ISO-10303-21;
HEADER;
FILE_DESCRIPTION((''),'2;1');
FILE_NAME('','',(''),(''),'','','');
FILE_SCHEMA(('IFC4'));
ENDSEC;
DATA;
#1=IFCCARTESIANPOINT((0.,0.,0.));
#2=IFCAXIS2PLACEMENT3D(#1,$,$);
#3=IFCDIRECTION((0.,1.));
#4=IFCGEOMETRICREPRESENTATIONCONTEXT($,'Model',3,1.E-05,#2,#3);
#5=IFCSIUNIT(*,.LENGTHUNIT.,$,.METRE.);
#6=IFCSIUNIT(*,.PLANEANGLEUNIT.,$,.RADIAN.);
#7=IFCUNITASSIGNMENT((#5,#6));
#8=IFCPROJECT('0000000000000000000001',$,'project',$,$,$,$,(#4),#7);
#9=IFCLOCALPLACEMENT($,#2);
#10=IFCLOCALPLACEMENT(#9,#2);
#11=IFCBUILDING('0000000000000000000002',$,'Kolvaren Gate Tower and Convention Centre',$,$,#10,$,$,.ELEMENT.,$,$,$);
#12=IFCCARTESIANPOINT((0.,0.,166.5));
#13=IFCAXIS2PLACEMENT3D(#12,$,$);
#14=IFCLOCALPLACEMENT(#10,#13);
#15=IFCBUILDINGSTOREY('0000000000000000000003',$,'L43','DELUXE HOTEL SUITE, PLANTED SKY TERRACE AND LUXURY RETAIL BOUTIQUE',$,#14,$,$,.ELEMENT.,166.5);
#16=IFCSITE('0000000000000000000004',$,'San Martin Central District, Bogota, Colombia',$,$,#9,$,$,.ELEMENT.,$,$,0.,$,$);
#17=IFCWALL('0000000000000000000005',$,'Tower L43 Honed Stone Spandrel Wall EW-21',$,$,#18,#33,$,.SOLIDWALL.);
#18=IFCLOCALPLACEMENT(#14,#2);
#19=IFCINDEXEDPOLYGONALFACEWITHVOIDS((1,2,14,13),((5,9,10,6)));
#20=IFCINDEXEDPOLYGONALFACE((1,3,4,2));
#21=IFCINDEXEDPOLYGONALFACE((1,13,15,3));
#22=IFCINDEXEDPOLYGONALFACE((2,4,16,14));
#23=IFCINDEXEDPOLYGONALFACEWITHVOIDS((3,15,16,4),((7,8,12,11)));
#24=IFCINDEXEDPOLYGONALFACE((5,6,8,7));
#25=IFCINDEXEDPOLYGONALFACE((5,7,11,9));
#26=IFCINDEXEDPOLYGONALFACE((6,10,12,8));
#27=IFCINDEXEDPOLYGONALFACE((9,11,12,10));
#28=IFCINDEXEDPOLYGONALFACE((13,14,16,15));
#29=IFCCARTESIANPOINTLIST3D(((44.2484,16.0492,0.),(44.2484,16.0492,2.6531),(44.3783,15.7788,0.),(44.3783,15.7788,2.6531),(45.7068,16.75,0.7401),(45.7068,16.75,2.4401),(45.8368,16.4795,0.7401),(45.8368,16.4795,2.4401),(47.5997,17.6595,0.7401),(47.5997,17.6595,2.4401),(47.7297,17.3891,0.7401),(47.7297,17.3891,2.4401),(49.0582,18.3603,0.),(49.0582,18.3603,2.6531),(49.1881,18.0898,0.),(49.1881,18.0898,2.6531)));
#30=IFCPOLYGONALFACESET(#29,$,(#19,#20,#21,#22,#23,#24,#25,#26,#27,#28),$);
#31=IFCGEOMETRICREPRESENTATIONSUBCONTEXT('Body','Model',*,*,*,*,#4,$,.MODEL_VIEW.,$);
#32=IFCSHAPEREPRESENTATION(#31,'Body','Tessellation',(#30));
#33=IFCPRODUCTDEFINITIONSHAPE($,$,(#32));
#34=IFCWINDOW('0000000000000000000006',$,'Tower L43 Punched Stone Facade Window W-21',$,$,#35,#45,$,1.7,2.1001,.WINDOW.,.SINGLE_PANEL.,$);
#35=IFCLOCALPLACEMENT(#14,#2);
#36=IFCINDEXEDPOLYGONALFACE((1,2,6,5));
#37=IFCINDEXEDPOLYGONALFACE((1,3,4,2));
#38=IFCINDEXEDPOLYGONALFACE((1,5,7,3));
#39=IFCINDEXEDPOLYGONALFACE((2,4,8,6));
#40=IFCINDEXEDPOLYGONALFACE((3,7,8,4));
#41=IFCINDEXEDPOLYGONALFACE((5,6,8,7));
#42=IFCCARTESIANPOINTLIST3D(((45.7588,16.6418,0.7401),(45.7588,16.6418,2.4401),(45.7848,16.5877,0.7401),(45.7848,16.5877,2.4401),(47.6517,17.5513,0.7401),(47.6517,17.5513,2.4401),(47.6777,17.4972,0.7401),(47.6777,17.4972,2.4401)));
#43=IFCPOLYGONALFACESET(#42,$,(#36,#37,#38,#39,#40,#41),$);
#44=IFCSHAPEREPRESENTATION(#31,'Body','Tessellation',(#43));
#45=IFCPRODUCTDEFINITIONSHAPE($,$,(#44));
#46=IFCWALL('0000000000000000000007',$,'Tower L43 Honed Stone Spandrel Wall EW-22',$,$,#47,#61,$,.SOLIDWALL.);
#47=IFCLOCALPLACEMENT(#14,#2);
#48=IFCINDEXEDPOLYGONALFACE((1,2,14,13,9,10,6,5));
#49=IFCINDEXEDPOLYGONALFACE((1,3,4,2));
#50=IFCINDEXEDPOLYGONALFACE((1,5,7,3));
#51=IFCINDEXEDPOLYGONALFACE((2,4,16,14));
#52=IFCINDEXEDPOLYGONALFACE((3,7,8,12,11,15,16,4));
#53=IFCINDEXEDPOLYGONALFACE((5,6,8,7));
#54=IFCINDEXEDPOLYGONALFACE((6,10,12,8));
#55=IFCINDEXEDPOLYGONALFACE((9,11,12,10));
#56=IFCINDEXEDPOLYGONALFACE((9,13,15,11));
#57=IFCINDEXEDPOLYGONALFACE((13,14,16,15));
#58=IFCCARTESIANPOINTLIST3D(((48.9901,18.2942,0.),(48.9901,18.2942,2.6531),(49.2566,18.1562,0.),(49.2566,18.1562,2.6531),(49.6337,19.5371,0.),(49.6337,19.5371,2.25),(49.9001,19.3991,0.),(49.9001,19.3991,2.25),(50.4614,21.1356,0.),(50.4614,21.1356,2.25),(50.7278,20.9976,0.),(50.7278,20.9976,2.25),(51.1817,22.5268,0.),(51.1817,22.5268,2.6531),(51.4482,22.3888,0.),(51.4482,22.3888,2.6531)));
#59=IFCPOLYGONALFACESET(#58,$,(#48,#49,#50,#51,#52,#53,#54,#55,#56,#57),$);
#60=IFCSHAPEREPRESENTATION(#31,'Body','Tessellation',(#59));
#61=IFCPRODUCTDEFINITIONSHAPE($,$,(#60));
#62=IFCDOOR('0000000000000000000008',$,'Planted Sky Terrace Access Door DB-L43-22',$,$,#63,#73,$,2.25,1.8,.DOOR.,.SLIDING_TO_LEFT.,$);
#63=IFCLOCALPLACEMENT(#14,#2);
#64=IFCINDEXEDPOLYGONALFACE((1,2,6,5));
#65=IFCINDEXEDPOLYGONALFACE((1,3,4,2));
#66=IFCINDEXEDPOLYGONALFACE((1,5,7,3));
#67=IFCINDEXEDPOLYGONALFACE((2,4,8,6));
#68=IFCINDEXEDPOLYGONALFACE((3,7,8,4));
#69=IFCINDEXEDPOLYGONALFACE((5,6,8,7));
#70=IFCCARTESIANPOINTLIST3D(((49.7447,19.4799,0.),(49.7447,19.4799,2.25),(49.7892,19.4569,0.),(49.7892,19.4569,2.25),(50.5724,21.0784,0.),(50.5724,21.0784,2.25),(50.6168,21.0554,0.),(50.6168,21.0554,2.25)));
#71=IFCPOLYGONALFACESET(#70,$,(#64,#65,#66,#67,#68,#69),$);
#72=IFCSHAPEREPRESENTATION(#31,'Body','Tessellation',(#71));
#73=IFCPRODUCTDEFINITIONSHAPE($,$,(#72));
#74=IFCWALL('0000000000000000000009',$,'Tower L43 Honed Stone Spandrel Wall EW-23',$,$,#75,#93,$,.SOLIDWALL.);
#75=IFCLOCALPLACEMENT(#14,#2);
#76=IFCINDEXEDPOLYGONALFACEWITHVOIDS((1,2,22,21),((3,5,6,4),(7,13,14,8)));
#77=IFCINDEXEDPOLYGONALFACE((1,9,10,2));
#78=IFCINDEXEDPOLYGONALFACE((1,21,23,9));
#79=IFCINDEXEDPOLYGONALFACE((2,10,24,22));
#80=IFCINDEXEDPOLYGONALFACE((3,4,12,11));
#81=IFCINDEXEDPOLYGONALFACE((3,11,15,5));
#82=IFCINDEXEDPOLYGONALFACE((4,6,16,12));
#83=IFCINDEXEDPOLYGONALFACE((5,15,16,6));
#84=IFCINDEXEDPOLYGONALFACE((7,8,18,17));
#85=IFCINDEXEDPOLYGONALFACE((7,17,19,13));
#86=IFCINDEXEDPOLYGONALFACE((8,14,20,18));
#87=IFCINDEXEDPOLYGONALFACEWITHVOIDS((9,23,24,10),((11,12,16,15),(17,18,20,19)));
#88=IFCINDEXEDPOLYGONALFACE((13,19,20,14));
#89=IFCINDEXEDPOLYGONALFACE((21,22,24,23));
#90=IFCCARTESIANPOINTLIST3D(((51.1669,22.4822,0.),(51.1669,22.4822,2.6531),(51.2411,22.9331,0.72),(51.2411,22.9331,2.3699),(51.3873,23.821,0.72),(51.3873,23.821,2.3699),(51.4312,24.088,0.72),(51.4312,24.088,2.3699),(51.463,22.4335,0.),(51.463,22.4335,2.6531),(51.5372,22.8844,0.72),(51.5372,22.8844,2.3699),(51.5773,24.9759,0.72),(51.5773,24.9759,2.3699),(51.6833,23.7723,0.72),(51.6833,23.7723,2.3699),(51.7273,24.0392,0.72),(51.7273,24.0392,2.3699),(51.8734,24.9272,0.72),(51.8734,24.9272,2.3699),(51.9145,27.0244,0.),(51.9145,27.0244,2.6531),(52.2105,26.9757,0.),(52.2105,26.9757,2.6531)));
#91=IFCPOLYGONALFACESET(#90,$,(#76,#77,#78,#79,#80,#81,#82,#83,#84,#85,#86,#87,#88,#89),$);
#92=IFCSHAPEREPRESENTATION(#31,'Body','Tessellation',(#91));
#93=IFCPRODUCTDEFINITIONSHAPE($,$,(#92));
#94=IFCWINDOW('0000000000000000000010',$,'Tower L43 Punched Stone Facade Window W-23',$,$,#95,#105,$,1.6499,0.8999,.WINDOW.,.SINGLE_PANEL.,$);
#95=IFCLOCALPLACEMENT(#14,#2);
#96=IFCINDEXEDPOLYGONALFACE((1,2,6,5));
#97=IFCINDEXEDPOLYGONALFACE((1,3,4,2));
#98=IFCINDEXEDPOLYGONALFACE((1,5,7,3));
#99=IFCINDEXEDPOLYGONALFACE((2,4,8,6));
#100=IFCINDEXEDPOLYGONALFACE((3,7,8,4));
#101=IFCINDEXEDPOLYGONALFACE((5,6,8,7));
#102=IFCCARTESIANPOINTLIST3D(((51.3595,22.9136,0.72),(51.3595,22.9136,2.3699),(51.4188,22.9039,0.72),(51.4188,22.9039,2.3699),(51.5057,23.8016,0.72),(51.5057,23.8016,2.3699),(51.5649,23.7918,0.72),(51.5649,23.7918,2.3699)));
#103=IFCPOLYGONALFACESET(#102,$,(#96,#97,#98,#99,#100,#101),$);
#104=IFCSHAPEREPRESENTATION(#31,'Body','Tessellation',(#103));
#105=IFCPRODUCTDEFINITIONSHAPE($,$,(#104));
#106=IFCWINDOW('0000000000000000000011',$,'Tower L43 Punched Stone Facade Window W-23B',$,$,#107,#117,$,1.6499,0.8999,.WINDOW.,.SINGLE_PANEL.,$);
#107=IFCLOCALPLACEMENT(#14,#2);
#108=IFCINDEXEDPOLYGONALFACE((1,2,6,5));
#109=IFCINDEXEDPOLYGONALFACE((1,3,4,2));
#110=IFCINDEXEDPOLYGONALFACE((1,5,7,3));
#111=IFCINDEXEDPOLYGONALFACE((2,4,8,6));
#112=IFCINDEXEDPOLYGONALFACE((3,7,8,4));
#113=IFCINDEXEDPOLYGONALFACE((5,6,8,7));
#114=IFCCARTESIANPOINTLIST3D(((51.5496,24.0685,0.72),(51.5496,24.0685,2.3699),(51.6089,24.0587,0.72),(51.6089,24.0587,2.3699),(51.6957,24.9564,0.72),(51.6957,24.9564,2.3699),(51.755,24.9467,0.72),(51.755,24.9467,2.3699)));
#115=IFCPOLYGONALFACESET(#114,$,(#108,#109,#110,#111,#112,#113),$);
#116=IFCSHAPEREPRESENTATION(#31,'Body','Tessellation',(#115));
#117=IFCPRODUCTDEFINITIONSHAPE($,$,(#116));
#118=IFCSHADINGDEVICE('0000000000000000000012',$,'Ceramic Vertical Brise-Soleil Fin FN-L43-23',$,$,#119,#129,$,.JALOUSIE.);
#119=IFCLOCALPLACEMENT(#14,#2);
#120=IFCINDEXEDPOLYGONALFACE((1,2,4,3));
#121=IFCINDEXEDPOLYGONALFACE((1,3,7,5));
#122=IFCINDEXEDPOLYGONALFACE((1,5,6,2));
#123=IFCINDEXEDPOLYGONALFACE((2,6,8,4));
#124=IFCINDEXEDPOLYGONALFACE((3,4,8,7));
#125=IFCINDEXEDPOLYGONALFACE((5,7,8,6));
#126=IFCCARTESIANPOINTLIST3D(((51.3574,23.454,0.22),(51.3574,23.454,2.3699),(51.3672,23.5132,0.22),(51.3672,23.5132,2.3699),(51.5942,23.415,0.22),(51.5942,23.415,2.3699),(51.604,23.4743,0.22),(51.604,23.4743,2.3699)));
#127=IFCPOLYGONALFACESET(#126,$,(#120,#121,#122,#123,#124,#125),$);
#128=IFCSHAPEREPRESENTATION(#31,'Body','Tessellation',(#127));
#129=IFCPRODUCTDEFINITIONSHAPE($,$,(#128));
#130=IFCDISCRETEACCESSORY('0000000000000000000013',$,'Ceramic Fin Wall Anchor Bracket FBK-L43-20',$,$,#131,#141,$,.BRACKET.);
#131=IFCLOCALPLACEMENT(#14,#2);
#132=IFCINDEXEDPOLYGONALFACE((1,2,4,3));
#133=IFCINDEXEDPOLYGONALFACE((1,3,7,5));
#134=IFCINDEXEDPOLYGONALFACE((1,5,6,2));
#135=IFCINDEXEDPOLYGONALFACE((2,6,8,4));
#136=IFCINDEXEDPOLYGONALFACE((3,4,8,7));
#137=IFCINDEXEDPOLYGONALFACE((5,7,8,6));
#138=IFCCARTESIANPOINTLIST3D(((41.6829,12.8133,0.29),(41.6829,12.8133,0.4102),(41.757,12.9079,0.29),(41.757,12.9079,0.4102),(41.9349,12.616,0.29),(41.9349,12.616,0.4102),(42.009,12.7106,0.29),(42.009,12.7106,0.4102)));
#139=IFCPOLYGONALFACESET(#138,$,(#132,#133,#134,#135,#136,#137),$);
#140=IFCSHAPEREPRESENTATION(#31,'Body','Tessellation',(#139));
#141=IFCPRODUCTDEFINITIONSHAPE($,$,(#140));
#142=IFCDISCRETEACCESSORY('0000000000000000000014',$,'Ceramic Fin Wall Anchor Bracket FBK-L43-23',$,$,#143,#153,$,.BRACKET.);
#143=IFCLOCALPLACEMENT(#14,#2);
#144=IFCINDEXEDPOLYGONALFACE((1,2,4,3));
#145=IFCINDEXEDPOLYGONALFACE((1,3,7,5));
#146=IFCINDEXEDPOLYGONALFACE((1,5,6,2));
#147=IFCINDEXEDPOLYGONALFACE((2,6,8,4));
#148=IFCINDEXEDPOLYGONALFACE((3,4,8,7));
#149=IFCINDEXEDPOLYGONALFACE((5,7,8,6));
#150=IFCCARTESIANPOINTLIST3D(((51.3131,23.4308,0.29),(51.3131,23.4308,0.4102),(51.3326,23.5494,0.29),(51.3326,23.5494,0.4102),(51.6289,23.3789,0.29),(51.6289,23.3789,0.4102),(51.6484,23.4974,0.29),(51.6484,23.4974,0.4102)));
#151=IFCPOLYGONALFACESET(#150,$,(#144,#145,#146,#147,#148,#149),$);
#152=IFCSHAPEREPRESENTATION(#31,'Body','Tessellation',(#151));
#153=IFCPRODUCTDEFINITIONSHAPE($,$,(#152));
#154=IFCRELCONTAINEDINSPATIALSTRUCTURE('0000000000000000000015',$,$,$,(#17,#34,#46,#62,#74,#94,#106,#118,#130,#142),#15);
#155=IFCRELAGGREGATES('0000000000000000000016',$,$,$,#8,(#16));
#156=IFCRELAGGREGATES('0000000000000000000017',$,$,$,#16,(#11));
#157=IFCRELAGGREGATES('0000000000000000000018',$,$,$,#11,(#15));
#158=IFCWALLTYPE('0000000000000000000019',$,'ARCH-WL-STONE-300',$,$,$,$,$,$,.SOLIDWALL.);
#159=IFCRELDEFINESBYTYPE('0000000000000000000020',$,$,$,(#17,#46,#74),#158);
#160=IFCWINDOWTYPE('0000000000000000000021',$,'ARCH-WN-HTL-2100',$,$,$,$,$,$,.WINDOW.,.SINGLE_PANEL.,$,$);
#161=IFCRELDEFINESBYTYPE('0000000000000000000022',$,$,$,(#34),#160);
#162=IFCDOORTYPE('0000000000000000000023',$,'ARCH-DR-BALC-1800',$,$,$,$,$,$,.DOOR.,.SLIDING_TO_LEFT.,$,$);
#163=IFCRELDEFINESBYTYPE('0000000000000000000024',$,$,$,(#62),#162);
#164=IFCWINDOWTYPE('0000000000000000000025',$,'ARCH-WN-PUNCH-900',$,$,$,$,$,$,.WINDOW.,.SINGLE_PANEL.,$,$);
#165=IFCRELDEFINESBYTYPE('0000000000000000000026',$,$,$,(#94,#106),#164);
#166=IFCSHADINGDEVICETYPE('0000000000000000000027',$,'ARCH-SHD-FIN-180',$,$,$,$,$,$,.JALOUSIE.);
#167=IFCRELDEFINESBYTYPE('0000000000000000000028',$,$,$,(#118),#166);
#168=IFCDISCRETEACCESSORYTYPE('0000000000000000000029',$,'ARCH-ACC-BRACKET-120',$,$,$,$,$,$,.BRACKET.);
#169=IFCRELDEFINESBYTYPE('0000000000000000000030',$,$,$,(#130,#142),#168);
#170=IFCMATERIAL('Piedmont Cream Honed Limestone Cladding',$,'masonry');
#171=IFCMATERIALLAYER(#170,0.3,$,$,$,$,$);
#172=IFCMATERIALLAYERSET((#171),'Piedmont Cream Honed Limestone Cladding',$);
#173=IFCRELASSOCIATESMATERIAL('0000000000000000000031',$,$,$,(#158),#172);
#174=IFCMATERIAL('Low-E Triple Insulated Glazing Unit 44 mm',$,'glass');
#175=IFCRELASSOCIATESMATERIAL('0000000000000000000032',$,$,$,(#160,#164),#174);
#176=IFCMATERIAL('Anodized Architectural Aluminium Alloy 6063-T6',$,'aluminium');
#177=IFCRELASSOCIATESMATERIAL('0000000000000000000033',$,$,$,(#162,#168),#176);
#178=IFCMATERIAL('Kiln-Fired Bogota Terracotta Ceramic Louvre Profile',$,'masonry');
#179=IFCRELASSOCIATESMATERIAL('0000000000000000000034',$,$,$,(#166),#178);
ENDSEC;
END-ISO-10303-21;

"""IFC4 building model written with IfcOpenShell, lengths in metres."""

from ifc_helpers import new_model, si_unit, direction, frame, frame_2d, origin, origin_2d, place, context, subcontext, project, spatial, rectangle, extrude, material, layer, layer_set, type_object, element, fill, save


model = new_model("IFC4")

# Units and contexts
model_context = context("Model", 3, precision=1e-05, world=origin(), true_north=direction((0.0, 1.0)))
body_context = subcontext(model_context, "Body", "Model", "MODEL_VIEW")
ifc_project = project(units=[si_unit("LENGTHUNIT", "METRE"), si_unit("PLANEANGLEUNIT", "RADIAN")], contexts=[model_context])

# Site, building, storey
site_placement = place(None, origin())
site = spatial("IfcSite", under=ifc_project, at=site_placement, Name="San Martin Central District, Bogota, Colombia", CompositionType="ELEMENT", RefElevation=0.0)
building_placement = place(site_placement, origin())
building = spatial("IfcBuilding", under=site, at=building_placement, Name="Kolvaren Gate Tower and Convention Centre", CompositionType="ELEMENT")
storey_placement = place(building_placement, frame((0.0, 0.0, 166.5)))
storey = spatial("IfcBuildingStorey", under=building, at=storey_placement, Name="L43", Description="DELUXE HOTEL SUITE, PLANTED SKY TERRACE AND LUXURY RETAIL BOUTIQUE", CompositionType="ELEMENT", Elevation=166.5)

# Shared definitions
ifc_material_1 = material(Name="Piedmont Cream Honed Limestone Cladding", Category="masonry")

# Wall, opening, window
ifc_layer_1 = layer(ifc_material_1, 0.3)
ifc_layer_set_1 = layer_set([ifc_layer_1], Name="Piedmont Cream Honed Limestone Cladding")
wall_type_1 = type_object("IfcWallType", Name="ARCH-WL-STONE-300", PredefinedType="SOLIDWALL", material=ifc_layer_set_1)
wall_1_placement = place(storey_placement, frame((44.3135, 15.9141, 0.0), z_axis=(0.0, 0.0, 1.0), x_axis=(0.901353, 0.433085, 0.0)))
wall_1 = element("IfcWall", 1, at=wall_1_placement, inside=storey, type_object=wall_type_1, Name="Tower L43 Honed Stone Spandrel Wall EW-21", PredefinedType="SOLIDWALL", context=body_context, shape_type="SweptSolid", body=[
    extrude(rectangle(XDim=5.3362, YDim=0.3, at=frame_2d((2.668, 0.0))), origin(), (0.0, 0.0, 1.0), 2.6531),
])
opening_1_placement = place(wall_1_placement, frame((1.6179, 0.0, 0.74)))
opening_1 = element("IfcOpeningElement", 2, at=opening_1_placement, cuts=wall_1, PredefinedType="OPENING", context=body_context, shape_type="SweptSolid", body=[
    extrude(rectangle(XDim=2.1001, YDim=1.7, at=frame_2d((1.05, 0.8501))), frame((0.0, 0.1599, 0.0), z_axis=(0.0, -1.0, 0.0), x_axis=(1.0, 0.0, 0.0)), (0.0, 0.0, 1.0), 0.3201),
])
ifc_material_2 = material(Name="Low-E Triple Insulated Glazing Unit 44 mm", Category="glass")
window_type_1 = type_object("IfcWindowType", Name="ARCH-WN-HTL-2100", PartitioningType="SINGLE_PANEL", PredefinedType="WINDOW", material=ifc_material_2)
window_1_placement = place(opening_1_placement, origin())
window_1 = element("IfcWindow", 3, at=window_1_placement, inside=storey, type_object=window_type_1, Name="Tower L43 Punched Stone Facade Window W-21", OverallHeight=1.7, OverallWidth=2.1001, PartitioningType="SINGLE_PANEL", PredefinedType="WINDOW", context=body_context, shape_type="SweptSolid", body=[
    extrude(rectangle(XDim=2.1001, YDim=1.7, at=frame_2d((1.05, 0.8501))), frame((0.0, 0.03, 0.0), z_axis=(0.0, -1.0, 0.0), x_axis=(1.0, 0.0, 0.0)), (0.0, 0.0, 1.0), 0.0601),
])
fill(opening_1, window_1)

# Wall, opening, door
wall_2_placement = place(storey_placement, frame((49.1233, 18.2251, 0.0), z_axis=(0.0, 0.0, 1.0), x_axis=(0.45981, 0.888017, 0.0)))
wall_2 = element("IfcWall", 4, at=wall_2_placement, inside=storey, type_object=wall_type_1, Name="Tower L43 Honed Stone Spandrel Wall EW-22", PredefinedType="SOLIDWALL", context=body_context, shape_type="SweptSolid", body=[
    extrude(rectangle(XDim=4.7664, YDim=0.3, at=frame_2d((2.3833, 0.0))), origin(), (0.0, 0.0, 1.0), 2.6531),
])
opening_2_placement = place(wall_2_placement, frame((1.3999, 0.0, 0.0)))
opening_2 = element("IfcOpeningElement", 5, at=opening_2_placement, cuts=wall_2, PredefinedType="OPENING", context=body_context, shape_type="SweptSolid", body=[
    extrude(rectangle(XDim=1.8, YDim=2.25, at=frame_2d((0.8999, 1.125))), frame((0.0, 0.1599, 0.0), z_axis=(0.0, -1.0, 0.0), x_axis=(1.0, 0.0, 0.0)), (0.0, 0.0, 1.0), 0.3201),
])
ifc_material_3 = material(Name="Anodized Architectural Aluminium Alloy 6063-T6", Category="aluminium")
door_type_1 = type_object("IfcDoorType", Name="ARCH-DR-BALC-1800", OperationType="SLIDING_TO_LEFT", PredefinedType="DOOR", material=ifc_material_3)
door_1_placement = place(opening_2_placement, frame((1.8, 0.0, 0.0), z_axis=(0.0, 0.0, 1.0), x_axis=(-1.0, 0.0, 0.0)))
door_1 = element("IfcDoor", 6, at=door_1_placement, inside=storey, type_object=door_type_1, Name="Planted Sky Terrace Access Door DB-L43-22", OperationType="SLIDING_TO_LEFT", OverallHeight=2.25, OverallWidth=1.8, PredefinedType="DOOR", context=body_context, shape_type="SweptSolid", body=[
    extrude(rectangle(XDim=1.8, YDim=2.25, at=frame_2d((0.8999, 1.125))), frame((0.0, 0.0249, 0.0), z_axis=(0.0, -1.0, 0.0), x_axis=(1.0, 0.0, 0.0)), (0.0, 0.0, 1.0), 0.05),
])
fill(opening_2, door_1)

# Wall, openings, windows
wall_3_placement = place(storey_placement, frame((51.3149, 22.4578, 0.0), z_axis=(0.0, 0.0, 1.0), x_axis=(0.162395, 0.986726, 0.0)))
wall_3 = element("IfcWall", 7, at=wall_3_placement, inside=storey, type_object=wall_type_1, Name="Tower L43 Honed Stone Spandrel Wall EW-23", PredefinedType="SOLIDWALL", context=body_context, shape_type="SweptSolid", body=[
    extrude(rectangle(XDim=4.6033, YDim=0.3, at=frame_2d((2.3018, 0.0))), origin(), (0.0, 0.0, 1.0), 2.6531),
])
opening_3_placement = place(wall_3_placement, frame((0.457, 0.0, 0.72)))
opening_3 = element("IfcOpeningElement", 8, at=opening_3_placement, cuts=wall_3, PredefinedType="OPENING", context=body_context, shape_type="SweptSolid", body=[
    extrude(rectangle(XDim=0.8999, YDim=1.6499, at=frame_2d((0.45, 0.825))), frame((0.0, 0.1599, 0.0), z_axis=(0.0, -1.0, 0.0), x_axis=(1.0, 0.0, 0.0)), (0.0, 0.0, 1.0), 0.3201),
])
opening_4_placement = place(wall_3_placement, frame((1.6274, 0.0, 0.72)))
opening_4 = element("IfcOpeningElement", 9, at=opening_4_placement, cuts=wall_3, PredefinedType="OPENING", context=body_context, shape_type="SweptSolid", body=[
    extrude(rectangle(XDim=0.8999, YDim=1.6499, at=frame_2d((0.45, 0.825))), frame((0.0, 0.1599, 0.0), z_axis=(0.0, -1.0, 0.0), x_axis=(1.0, 0.0, 0.0)), (0.0, 0.0, 1.0), 0.3201),
])
window_type_2 = type_object("IfcWindowType", Name="ARCH-WN-PUNCH-900", PartitioningType="SINGLE_PANEL", PredefinedType="WINDOW", material=ifc_material_2)
window_2_placement = place(opening_3_placement, origin())
window_2 = element("IfcWindow", 10, at=window_2_placement, inside=storey, type_object=window_type_2, Name="Tower L43 Punched Stone Facade Window W-23", OverallHeight=1.6499, OverallWidth=0.8999, PartitioningType="SINGLE_PANEL", PredefinedType="WINDOW", context=body_context, shape_type="SweptSolid", body=[
    extrude(rectangle(XDim=0.8999, YDim=1.6499, at=frame_2d((0.45, 0.825))), frame((0.0, 0.03, 0.0), z_axis=(0.0, -1.0, 0.0), x_axis=(1.0, 0.0, 0.0)), (0.0, 0.0, 1.0), 0.0601),
])
fill(opening_3, window_2)
window_3_placement = place(opening_4_placement, origin())
window_3 = element("IfcWindow", 11, at=window_3_placement, inside=storey, type_object=window_type_2, Name="Tower L43 Punched Stone Facade Window W-23B", OverallHeight=1.6499, OverallWidth=0.8999, PartitioningType="SINGLE_PANEL", PredefinedType="WINDOW", context=body_context, shape_type="SweptSolid", body=[
    extrude(rectangle(XDim=0.8999, YDim=1.6499, at=frame_2d((0.45, 0.825))), frame((0.0, 0.03, 0.0), z_axis=(0.0, -1.0, 0.0), x_axis=(1.0, 0.0, 0.0)), (0.0, 0.0, 1.0), 0.0601),
])
fill(opening_4, window_3)

# Shading device
ifc_material_4 = material(Name="Kiln-Fired Bogota Terracotta Ceramic Louvre Profile", Category="masonry")
shading_device_type = type_object("IfcShadingDeviceType", Name="ARCH-SHD-FIN-180", PredefinedType="JALOUSIE", material=ifc_material_4)
shading_device_placement = place(storey_placement, frame((51.4807, 23.4641, 0.22), z_axis=(0.0, 0.0, 1.0), x_axis=(0.162381, 0.986728, 0.0)))
element("IfcShadingDevice", 12, at=shading_device_placement, inside=storey, type_object=shading_device_type, Name="Ceramic Vertical Brise-Soleil Fin FN-L43-23", PredefinedType="JALOUSIE", context=body_context, shape_type="SweptSolid", body=[
    extrude(rectangle(XDim=0.0601, YDim=0.24, at=origin_2d()), origin(), (0.0, 0.0, 1.0), 2.1499),
])

# Discrete accessories
discrete_accessory_type = type_object("IfcDiscreteAccessoryType", Name="ARCH-ACC-BRACKET-120", PredefinedType="BRACKET", material=ifc_material_3)
for number, where, z_axis, x_axis, name in (
    (13, (41.8459, 12.762, 0.29), (0.0, 0.0, 1.0), (0.616434, 0.787406, 0.0), "Ceramic Fin Wall Anchor Bracket FBK-L43-20"),
    (14, (51.4807, 23.4641, 0.29), (0.0, 0.0, 1.0), (0.162381, 0.986728, 0.0), "Ceramic Fin Wall Anchor Bracket FBK-L43-23"),
):
    element("IfcDiscreteAccessory", number, at=place(storey_placement, frame(where, z_axis=z_axis, x_axis=x_axis)), inside=storey, type_object=discrete_accessory_type, Name=name, PredefinedType="BRACKET", context=body_context, shape_type="SweptSolid", body=[
        extrude(rectangle(XDim=0.1201, YDim=0.3201, at=origin_2d()), origin(), (0.0, 0.0, 1.0), 0.1201),
    ])

save(model, "model.ifc")
